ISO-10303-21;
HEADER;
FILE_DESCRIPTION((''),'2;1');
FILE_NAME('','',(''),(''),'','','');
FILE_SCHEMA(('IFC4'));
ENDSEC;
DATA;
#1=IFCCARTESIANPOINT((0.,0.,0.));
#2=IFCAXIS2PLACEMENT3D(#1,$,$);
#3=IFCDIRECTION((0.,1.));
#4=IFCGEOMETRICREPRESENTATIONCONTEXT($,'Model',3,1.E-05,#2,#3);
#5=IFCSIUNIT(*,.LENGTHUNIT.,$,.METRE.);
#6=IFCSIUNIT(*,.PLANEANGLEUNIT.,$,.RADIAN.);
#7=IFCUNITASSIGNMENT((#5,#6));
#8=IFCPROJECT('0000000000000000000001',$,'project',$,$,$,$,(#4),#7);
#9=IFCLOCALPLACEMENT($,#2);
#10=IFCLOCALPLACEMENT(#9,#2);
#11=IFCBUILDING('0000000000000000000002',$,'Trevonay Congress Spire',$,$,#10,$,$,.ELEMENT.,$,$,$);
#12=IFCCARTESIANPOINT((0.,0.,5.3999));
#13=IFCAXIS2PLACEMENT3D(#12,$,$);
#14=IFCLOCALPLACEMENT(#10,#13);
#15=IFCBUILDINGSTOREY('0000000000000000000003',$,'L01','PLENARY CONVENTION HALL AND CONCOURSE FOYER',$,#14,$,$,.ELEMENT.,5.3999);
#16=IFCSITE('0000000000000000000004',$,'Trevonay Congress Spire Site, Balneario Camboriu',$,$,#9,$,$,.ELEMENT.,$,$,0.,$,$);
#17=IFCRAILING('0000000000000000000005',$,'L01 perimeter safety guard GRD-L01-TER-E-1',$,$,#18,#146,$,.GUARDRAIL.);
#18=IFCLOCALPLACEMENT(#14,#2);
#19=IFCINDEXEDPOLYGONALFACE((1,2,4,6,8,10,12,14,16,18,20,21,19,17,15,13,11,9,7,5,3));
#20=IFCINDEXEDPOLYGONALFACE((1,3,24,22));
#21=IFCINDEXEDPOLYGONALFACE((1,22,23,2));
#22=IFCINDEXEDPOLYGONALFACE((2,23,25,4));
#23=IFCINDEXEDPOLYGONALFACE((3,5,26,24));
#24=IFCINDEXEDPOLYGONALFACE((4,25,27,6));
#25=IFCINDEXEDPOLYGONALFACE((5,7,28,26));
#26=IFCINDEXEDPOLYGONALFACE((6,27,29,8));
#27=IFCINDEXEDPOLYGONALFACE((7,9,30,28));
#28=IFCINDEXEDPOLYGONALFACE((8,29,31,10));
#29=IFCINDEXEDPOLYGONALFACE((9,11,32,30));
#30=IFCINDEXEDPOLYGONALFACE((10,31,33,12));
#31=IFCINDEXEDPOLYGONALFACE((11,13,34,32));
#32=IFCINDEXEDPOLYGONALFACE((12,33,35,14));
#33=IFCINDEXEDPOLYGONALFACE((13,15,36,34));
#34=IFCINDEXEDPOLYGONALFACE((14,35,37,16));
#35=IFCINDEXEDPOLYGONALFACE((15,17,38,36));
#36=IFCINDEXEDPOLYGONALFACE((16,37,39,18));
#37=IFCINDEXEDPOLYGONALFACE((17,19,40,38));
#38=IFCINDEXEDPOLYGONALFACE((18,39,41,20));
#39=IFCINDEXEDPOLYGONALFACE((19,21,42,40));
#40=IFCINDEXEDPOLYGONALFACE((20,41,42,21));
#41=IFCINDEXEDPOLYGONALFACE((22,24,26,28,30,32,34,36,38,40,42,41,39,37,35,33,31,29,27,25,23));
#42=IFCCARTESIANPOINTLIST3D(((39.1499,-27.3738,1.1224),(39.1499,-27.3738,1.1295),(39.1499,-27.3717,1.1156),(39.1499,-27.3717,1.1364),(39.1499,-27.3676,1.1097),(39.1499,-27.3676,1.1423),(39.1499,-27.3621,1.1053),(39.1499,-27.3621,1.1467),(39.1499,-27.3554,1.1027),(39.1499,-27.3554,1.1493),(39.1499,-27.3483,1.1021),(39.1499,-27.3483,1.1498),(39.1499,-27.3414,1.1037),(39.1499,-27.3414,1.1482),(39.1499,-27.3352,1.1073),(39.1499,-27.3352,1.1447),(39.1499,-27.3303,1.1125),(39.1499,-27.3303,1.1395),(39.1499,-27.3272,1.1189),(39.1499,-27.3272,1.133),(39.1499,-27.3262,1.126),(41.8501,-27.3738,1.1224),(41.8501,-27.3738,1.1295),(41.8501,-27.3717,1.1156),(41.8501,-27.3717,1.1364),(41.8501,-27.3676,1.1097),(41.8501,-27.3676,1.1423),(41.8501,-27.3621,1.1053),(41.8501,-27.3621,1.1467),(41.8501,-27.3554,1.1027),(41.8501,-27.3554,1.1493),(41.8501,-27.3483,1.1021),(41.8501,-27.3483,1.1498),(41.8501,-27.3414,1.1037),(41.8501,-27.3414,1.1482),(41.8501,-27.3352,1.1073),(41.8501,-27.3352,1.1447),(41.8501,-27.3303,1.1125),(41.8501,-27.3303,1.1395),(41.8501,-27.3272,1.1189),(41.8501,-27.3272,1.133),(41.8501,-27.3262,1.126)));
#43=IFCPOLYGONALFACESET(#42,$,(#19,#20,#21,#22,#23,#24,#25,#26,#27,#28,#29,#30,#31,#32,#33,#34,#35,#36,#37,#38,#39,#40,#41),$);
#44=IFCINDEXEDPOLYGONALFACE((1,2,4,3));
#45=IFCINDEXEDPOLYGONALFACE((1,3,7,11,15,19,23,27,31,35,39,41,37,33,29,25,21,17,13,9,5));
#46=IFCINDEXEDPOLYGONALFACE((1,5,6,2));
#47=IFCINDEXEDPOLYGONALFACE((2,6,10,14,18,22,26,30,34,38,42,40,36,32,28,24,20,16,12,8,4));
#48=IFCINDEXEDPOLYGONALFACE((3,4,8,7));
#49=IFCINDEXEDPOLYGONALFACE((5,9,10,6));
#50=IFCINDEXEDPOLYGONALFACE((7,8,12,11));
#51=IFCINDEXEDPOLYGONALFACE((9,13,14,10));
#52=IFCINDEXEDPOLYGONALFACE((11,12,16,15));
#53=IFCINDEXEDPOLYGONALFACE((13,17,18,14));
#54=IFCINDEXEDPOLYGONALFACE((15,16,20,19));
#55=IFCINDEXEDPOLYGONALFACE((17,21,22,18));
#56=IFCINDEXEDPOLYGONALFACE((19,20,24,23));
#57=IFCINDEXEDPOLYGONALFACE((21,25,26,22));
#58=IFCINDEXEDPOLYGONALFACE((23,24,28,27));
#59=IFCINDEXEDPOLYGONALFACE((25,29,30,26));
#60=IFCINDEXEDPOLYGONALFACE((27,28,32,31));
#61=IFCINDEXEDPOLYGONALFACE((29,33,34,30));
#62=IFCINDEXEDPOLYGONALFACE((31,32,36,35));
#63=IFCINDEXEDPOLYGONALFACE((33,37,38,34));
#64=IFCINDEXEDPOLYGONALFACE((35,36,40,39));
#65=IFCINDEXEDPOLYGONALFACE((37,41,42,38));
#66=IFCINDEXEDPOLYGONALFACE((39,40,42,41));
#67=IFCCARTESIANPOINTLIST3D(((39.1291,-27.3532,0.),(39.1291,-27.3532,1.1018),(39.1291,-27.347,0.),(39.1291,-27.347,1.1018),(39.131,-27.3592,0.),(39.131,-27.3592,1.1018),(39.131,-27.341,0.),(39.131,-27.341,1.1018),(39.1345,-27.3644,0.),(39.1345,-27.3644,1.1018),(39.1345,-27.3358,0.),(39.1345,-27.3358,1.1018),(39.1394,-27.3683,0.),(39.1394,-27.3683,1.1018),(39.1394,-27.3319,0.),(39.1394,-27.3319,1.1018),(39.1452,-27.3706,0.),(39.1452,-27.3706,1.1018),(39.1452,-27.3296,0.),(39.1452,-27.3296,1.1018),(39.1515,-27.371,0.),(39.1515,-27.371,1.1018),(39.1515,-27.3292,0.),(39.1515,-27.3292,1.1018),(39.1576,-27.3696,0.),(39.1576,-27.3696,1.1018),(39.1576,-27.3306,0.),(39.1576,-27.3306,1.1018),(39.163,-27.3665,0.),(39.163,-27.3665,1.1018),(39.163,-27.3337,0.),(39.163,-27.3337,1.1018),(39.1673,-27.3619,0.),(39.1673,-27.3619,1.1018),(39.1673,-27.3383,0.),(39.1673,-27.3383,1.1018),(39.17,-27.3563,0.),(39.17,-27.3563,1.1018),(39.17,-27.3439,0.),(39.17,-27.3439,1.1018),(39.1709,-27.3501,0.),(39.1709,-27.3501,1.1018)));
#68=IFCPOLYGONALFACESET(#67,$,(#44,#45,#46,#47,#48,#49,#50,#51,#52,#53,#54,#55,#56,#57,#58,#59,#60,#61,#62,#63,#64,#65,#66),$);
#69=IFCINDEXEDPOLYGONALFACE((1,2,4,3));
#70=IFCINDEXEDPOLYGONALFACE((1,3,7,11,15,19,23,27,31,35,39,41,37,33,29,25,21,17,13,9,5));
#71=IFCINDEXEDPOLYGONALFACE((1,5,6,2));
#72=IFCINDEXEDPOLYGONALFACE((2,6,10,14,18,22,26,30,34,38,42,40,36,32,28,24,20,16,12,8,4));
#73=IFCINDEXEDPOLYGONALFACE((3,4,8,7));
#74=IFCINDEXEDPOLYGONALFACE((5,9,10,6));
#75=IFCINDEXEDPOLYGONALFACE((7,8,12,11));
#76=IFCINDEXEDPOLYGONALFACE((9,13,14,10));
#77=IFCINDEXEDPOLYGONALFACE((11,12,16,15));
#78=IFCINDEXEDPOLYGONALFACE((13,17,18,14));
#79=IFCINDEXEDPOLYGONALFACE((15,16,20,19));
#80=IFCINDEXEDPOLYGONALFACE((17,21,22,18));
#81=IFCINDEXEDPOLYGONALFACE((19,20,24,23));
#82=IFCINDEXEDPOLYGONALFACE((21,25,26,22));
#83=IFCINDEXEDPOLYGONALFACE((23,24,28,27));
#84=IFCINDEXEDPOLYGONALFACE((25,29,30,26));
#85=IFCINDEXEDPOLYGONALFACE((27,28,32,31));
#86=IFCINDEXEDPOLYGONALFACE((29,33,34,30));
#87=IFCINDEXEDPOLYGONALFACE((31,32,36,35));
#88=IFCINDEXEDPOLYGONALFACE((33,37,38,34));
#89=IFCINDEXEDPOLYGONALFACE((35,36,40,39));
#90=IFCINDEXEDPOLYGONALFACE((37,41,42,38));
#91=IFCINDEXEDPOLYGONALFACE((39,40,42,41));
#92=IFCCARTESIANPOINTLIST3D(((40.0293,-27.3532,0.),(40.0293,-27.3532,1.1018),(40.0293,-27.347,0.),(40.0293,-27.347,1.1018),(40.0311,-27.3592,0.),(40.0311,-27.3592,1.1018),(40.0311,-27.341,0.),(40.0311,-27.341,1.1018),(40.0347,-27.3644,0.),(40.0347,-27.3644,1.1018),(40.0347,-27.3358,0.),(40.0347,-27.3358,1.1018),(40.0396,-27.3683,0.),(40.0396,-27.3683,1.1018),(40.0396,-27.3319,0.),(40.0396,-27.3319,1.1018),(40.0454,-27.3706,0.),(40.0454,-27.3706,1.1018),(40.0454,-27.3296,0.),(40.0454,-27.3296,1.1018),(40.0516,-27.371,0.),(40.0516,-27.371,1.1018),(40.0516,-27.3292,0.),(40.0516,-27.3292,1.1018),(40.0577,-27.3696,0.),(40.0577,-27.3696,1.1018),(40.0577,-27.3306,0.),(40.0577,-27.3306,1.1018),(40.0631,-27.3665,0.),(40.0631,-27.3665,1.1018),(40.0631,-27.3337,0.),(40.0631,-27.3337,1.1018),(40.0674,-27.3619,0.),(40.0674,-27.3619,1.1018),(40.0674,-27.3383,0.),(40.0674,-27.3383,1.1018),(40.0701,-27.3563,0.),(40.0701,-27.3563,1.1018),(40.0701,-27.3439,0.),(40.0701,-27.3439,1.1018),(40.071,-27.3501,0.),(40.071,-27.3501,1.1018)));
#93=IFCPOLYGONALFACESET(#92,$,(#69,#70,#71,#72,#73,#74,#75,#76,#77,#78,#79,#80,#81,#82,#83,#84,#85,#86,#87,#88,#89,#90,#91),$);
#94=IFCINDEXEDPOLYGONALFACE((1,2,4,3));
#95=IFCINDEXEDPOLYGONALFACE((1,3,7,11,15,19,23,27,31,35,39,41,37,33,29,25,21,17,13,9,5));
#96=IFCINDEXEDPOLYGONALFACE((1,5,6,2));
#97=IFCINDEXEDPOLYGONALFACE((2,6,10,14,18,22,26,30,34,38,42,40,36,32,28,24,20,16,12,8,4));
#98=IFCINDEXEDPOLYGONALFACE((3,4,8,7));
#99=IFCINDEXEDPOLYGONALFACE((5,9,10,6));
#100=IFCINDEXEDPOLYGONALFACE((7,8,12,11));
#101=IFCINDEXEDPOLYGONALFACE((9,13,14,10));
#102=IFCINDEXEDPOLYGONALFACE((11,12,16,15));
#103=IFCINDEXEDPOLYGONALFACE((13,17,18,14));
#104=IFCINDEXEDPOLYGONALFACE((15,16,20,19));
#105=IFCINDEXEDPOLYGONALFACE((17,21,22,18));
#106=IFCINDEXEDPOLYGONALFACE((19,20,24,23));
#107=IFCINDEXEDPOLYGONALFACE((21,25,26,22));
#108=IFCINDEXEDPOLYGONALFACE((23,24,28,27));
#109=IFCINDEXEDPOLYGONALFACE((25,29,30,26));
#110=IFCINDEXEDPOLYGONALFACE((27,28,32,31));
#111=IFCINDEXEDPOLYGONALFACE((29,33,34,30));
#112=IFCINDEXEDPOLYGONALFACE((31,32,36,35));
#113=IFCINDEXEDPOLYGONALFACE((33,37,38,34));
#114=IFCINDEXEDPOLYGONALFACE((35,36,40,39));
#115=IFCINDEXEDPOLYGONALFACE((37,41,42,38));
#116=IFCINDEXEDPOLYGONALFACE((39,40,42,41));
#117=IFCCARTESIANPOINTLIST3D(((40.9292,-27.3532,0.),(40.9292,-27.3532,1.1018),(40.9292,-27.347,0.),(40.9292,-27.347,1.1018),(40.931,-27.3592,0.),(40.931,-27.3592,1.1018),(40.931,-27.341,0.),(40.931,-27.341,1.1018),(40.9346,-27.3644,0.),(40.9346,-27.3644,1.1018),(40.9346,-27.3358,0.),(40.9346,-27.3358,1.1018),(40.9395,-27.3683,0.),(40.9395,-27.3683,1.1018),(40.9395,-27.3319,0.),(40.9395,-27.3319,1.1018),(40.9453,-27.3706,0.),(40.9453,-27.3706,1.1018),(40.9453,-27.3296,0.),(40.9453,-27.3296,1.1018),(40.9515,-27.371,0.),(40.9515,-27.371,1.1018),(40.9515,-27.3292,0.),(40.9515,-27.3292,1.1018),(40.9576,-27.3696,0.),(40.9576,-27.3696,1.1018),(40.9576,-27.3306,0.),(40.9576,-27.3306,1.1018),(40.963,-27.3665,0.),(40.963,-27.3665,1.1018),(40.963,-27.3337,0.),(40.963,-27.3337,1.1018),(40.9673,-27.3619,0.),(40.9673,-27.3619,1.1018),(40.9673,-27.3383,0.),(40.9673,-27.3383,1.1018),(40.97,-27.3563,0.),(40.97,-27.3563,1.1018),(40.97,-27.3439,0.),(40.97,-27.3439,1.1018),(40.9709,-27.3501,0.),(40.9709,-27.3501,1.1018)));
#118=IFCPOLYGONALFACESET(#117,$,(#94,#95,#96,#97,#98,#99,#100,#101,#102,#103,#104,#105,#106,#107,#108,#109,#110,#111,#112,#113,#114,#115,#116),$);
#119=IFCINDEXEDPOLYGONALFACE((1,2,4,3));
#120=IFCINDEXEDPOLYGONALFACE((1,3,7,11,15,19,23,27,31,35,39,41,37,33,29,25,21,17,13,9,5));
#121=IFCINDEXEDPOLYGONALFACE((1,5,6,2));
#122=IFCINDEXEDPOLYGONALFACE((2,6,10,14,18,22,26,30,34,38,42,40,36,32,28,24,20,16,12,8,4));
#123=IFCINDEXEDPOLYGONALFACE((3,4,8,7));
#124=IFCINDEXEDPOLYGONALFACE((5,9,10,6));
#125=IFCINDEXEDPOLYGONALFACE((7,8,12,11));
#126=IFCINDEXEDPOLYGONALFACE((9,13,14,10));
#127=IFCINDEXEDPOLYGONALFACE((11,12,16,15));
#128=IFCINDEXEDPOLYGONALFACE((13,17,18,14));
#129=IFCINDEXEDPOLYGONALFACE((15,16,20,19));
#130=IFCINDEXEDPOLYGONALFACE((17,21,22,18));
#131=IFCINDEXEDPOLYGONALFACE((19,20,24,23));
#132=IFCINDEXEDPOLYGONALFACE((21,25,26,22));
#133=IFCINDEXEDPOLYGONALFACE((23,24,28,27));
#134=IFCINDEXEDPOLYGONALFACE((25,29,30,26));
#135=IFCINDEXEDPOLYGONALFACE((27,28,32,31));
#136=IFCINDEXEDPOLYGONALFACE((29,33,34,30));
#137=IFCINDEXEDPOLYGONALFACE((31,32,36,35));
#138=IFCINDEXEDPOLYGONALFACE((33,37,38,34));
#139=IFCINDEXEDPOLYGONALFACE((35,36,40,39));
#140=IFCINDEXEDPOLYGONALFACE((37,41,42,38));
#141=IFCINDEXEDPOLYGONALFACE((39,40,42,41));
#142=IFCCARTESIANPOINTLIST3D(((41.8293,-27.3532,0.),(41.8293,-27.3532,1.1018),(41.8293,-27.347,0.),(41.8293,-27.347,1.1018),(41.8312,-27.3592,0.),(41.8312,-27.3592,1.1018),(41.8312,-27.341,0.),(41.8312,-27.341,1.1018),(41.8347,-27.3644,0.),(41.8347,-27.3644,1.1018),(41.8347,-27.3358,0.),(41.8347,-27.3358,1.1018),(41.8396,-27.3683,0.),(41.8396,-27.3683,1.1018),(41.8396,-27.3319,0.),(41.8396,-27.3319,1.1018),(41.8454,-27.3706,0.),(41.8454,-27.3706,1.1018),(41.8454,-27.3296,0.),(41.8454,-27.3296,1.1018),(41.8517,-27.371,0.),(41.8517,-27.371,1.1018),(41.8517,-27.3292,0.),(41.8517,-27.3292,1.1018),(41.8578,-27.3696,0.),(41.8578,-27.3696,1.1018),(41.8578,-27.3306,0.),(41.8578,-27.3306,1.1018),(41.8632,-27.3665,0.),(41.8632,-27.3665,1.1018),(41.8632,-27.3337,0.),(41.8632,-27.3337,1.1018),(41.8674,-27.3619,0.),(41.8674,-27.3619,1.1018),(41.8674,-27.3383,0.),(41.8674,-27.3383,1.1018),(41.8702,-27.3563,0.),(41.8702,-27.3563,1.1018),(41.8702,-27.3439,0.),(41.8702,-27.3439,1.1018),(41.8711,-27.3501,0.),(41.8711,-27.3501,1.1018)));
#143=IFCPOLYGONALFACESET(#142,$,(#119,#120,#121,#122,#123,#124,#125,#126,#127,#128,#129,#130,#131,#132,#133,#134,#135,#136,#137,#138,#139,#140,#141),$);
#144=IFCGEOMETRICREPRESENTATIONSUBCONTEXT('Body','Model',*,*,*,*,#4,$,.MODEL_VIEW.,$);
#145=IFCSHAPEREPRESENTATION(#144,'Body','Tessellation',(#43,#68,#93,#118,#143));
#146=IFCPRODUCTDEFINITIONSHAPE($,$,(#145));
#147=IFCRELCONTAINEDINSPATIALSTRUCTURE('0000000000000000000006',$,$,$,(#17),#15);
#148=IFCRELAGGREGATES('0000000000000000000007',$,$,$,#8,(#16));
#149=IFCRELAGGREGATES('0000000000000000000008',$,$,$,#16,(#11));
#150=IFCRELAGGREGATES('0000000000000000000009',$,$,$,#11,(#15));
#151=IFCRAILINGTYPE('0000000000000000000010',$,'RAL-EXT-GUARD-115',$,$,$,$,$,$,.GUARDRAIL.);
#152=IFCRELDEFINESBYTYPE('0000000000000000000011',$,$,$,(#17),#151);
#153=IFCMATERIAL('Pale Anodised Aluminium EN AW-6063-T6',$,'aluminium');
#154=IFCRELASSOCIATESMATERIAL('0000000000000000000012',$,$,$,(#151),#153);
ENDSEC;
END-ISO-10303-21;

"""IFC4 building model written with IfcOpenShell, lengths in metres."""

from ifc_helpers import new_model, si_unit, direction, frame, origin, origin_2d, place, context, subcontext, project, spatial, circle, extrude, material, type_object, element, save


model = new_model("IFC4")

# Units and contexts
model_context = context("Model", 3, precision=1e-05, world=origin(), true_north=direction((0.0, 1.0)))
body_context = subcontext(model_context, "Body", "Model", "MODEL_VIEW")
ifc_project = project(units=[si_unit("LENGTHUNIT", "METRE"), si_unit("PLANEANGLEUNIT", "RADIAN")], contexts=[model_context])

# Site, building, storey
site_placement = place(None, origin())
site = spatial("IfcSite", under=ifc_project, at=site_placement, Name="Trevonay Congress Spire Site, Balneario Camboriu", CompositionType="ELEMENT", RefElevation=0.0)
building_placement = place(site_placement, origin())
building = spatial("IfcBuilding", under=site, at=building_placement, Name="Trevonay Congress Spire", CompositionType="ELEMENT")
storey_placement = place(building_placement, frame((0.0, 0.0, 5.3999)))
storey = spatial("IfcBuildingStorey", under=building, at=storey_placement, Name="L01", Description="PLENARY CONVENTION HALL AND CONCOURSE FOYER", CompositionType="ELEMENT", Elevation=5.3999)

# Shared definitions
ifc_material_1 = material(Name="Pale Anodised Aluminium EN AW-6063-T6", Category="aluminium")

# Railing
railing_type_1 = type_object("IfcRailingType", Name="RAL-EXT-GUARD-115", PredefinedType="GUARDRAIL", material=ifc_material_1)
railing_1_placement = place(storey_placement, frame((39.1499, -27.3501, 0.0)))
element("IfcRailing", 1, at=railing_1_placement, inside=storey, type_object=railing_type_1, Name="L01 perimeter safety guard GRD-L01-TER-E-1", PredefinedType="GUARDRAIL", context=body_context, shape_type="SweptSolid", body=[
    extrude(circle(Radius=0.0239, at=origin_2d()), frame((0.0, 0.0, 1.126), z_axis=(1.0, 0.0, 0.0), x_axis=(0.0, 1.0, 0.0)), (0.0, 0.0, 1.0), 2.7002),
    extrude(circle(Radius=0.021, at=origin_2d()), origin(), (0.0, 0.0, 1.0), 1.1018),
    extrude(circle(Radius=0.021, at=origin_2d()), frame((0.9001, 0.0, 0.0)), (0.0, 0.0, 1.0), 1.1018),
    extrude(circle(Radius=0.021, at=origin_2d()), frame((1.8, 0.0, 0.0)), (0.0, 0.0, 1.0), 1.1018),
    extrude(circle(Radius=0.021, at=origin_2d()), frame((2.7002, 0.0, 0.0)), (0.0, 0.0, 1.0), 1.1018),
])

save(model, "model.ifc")
